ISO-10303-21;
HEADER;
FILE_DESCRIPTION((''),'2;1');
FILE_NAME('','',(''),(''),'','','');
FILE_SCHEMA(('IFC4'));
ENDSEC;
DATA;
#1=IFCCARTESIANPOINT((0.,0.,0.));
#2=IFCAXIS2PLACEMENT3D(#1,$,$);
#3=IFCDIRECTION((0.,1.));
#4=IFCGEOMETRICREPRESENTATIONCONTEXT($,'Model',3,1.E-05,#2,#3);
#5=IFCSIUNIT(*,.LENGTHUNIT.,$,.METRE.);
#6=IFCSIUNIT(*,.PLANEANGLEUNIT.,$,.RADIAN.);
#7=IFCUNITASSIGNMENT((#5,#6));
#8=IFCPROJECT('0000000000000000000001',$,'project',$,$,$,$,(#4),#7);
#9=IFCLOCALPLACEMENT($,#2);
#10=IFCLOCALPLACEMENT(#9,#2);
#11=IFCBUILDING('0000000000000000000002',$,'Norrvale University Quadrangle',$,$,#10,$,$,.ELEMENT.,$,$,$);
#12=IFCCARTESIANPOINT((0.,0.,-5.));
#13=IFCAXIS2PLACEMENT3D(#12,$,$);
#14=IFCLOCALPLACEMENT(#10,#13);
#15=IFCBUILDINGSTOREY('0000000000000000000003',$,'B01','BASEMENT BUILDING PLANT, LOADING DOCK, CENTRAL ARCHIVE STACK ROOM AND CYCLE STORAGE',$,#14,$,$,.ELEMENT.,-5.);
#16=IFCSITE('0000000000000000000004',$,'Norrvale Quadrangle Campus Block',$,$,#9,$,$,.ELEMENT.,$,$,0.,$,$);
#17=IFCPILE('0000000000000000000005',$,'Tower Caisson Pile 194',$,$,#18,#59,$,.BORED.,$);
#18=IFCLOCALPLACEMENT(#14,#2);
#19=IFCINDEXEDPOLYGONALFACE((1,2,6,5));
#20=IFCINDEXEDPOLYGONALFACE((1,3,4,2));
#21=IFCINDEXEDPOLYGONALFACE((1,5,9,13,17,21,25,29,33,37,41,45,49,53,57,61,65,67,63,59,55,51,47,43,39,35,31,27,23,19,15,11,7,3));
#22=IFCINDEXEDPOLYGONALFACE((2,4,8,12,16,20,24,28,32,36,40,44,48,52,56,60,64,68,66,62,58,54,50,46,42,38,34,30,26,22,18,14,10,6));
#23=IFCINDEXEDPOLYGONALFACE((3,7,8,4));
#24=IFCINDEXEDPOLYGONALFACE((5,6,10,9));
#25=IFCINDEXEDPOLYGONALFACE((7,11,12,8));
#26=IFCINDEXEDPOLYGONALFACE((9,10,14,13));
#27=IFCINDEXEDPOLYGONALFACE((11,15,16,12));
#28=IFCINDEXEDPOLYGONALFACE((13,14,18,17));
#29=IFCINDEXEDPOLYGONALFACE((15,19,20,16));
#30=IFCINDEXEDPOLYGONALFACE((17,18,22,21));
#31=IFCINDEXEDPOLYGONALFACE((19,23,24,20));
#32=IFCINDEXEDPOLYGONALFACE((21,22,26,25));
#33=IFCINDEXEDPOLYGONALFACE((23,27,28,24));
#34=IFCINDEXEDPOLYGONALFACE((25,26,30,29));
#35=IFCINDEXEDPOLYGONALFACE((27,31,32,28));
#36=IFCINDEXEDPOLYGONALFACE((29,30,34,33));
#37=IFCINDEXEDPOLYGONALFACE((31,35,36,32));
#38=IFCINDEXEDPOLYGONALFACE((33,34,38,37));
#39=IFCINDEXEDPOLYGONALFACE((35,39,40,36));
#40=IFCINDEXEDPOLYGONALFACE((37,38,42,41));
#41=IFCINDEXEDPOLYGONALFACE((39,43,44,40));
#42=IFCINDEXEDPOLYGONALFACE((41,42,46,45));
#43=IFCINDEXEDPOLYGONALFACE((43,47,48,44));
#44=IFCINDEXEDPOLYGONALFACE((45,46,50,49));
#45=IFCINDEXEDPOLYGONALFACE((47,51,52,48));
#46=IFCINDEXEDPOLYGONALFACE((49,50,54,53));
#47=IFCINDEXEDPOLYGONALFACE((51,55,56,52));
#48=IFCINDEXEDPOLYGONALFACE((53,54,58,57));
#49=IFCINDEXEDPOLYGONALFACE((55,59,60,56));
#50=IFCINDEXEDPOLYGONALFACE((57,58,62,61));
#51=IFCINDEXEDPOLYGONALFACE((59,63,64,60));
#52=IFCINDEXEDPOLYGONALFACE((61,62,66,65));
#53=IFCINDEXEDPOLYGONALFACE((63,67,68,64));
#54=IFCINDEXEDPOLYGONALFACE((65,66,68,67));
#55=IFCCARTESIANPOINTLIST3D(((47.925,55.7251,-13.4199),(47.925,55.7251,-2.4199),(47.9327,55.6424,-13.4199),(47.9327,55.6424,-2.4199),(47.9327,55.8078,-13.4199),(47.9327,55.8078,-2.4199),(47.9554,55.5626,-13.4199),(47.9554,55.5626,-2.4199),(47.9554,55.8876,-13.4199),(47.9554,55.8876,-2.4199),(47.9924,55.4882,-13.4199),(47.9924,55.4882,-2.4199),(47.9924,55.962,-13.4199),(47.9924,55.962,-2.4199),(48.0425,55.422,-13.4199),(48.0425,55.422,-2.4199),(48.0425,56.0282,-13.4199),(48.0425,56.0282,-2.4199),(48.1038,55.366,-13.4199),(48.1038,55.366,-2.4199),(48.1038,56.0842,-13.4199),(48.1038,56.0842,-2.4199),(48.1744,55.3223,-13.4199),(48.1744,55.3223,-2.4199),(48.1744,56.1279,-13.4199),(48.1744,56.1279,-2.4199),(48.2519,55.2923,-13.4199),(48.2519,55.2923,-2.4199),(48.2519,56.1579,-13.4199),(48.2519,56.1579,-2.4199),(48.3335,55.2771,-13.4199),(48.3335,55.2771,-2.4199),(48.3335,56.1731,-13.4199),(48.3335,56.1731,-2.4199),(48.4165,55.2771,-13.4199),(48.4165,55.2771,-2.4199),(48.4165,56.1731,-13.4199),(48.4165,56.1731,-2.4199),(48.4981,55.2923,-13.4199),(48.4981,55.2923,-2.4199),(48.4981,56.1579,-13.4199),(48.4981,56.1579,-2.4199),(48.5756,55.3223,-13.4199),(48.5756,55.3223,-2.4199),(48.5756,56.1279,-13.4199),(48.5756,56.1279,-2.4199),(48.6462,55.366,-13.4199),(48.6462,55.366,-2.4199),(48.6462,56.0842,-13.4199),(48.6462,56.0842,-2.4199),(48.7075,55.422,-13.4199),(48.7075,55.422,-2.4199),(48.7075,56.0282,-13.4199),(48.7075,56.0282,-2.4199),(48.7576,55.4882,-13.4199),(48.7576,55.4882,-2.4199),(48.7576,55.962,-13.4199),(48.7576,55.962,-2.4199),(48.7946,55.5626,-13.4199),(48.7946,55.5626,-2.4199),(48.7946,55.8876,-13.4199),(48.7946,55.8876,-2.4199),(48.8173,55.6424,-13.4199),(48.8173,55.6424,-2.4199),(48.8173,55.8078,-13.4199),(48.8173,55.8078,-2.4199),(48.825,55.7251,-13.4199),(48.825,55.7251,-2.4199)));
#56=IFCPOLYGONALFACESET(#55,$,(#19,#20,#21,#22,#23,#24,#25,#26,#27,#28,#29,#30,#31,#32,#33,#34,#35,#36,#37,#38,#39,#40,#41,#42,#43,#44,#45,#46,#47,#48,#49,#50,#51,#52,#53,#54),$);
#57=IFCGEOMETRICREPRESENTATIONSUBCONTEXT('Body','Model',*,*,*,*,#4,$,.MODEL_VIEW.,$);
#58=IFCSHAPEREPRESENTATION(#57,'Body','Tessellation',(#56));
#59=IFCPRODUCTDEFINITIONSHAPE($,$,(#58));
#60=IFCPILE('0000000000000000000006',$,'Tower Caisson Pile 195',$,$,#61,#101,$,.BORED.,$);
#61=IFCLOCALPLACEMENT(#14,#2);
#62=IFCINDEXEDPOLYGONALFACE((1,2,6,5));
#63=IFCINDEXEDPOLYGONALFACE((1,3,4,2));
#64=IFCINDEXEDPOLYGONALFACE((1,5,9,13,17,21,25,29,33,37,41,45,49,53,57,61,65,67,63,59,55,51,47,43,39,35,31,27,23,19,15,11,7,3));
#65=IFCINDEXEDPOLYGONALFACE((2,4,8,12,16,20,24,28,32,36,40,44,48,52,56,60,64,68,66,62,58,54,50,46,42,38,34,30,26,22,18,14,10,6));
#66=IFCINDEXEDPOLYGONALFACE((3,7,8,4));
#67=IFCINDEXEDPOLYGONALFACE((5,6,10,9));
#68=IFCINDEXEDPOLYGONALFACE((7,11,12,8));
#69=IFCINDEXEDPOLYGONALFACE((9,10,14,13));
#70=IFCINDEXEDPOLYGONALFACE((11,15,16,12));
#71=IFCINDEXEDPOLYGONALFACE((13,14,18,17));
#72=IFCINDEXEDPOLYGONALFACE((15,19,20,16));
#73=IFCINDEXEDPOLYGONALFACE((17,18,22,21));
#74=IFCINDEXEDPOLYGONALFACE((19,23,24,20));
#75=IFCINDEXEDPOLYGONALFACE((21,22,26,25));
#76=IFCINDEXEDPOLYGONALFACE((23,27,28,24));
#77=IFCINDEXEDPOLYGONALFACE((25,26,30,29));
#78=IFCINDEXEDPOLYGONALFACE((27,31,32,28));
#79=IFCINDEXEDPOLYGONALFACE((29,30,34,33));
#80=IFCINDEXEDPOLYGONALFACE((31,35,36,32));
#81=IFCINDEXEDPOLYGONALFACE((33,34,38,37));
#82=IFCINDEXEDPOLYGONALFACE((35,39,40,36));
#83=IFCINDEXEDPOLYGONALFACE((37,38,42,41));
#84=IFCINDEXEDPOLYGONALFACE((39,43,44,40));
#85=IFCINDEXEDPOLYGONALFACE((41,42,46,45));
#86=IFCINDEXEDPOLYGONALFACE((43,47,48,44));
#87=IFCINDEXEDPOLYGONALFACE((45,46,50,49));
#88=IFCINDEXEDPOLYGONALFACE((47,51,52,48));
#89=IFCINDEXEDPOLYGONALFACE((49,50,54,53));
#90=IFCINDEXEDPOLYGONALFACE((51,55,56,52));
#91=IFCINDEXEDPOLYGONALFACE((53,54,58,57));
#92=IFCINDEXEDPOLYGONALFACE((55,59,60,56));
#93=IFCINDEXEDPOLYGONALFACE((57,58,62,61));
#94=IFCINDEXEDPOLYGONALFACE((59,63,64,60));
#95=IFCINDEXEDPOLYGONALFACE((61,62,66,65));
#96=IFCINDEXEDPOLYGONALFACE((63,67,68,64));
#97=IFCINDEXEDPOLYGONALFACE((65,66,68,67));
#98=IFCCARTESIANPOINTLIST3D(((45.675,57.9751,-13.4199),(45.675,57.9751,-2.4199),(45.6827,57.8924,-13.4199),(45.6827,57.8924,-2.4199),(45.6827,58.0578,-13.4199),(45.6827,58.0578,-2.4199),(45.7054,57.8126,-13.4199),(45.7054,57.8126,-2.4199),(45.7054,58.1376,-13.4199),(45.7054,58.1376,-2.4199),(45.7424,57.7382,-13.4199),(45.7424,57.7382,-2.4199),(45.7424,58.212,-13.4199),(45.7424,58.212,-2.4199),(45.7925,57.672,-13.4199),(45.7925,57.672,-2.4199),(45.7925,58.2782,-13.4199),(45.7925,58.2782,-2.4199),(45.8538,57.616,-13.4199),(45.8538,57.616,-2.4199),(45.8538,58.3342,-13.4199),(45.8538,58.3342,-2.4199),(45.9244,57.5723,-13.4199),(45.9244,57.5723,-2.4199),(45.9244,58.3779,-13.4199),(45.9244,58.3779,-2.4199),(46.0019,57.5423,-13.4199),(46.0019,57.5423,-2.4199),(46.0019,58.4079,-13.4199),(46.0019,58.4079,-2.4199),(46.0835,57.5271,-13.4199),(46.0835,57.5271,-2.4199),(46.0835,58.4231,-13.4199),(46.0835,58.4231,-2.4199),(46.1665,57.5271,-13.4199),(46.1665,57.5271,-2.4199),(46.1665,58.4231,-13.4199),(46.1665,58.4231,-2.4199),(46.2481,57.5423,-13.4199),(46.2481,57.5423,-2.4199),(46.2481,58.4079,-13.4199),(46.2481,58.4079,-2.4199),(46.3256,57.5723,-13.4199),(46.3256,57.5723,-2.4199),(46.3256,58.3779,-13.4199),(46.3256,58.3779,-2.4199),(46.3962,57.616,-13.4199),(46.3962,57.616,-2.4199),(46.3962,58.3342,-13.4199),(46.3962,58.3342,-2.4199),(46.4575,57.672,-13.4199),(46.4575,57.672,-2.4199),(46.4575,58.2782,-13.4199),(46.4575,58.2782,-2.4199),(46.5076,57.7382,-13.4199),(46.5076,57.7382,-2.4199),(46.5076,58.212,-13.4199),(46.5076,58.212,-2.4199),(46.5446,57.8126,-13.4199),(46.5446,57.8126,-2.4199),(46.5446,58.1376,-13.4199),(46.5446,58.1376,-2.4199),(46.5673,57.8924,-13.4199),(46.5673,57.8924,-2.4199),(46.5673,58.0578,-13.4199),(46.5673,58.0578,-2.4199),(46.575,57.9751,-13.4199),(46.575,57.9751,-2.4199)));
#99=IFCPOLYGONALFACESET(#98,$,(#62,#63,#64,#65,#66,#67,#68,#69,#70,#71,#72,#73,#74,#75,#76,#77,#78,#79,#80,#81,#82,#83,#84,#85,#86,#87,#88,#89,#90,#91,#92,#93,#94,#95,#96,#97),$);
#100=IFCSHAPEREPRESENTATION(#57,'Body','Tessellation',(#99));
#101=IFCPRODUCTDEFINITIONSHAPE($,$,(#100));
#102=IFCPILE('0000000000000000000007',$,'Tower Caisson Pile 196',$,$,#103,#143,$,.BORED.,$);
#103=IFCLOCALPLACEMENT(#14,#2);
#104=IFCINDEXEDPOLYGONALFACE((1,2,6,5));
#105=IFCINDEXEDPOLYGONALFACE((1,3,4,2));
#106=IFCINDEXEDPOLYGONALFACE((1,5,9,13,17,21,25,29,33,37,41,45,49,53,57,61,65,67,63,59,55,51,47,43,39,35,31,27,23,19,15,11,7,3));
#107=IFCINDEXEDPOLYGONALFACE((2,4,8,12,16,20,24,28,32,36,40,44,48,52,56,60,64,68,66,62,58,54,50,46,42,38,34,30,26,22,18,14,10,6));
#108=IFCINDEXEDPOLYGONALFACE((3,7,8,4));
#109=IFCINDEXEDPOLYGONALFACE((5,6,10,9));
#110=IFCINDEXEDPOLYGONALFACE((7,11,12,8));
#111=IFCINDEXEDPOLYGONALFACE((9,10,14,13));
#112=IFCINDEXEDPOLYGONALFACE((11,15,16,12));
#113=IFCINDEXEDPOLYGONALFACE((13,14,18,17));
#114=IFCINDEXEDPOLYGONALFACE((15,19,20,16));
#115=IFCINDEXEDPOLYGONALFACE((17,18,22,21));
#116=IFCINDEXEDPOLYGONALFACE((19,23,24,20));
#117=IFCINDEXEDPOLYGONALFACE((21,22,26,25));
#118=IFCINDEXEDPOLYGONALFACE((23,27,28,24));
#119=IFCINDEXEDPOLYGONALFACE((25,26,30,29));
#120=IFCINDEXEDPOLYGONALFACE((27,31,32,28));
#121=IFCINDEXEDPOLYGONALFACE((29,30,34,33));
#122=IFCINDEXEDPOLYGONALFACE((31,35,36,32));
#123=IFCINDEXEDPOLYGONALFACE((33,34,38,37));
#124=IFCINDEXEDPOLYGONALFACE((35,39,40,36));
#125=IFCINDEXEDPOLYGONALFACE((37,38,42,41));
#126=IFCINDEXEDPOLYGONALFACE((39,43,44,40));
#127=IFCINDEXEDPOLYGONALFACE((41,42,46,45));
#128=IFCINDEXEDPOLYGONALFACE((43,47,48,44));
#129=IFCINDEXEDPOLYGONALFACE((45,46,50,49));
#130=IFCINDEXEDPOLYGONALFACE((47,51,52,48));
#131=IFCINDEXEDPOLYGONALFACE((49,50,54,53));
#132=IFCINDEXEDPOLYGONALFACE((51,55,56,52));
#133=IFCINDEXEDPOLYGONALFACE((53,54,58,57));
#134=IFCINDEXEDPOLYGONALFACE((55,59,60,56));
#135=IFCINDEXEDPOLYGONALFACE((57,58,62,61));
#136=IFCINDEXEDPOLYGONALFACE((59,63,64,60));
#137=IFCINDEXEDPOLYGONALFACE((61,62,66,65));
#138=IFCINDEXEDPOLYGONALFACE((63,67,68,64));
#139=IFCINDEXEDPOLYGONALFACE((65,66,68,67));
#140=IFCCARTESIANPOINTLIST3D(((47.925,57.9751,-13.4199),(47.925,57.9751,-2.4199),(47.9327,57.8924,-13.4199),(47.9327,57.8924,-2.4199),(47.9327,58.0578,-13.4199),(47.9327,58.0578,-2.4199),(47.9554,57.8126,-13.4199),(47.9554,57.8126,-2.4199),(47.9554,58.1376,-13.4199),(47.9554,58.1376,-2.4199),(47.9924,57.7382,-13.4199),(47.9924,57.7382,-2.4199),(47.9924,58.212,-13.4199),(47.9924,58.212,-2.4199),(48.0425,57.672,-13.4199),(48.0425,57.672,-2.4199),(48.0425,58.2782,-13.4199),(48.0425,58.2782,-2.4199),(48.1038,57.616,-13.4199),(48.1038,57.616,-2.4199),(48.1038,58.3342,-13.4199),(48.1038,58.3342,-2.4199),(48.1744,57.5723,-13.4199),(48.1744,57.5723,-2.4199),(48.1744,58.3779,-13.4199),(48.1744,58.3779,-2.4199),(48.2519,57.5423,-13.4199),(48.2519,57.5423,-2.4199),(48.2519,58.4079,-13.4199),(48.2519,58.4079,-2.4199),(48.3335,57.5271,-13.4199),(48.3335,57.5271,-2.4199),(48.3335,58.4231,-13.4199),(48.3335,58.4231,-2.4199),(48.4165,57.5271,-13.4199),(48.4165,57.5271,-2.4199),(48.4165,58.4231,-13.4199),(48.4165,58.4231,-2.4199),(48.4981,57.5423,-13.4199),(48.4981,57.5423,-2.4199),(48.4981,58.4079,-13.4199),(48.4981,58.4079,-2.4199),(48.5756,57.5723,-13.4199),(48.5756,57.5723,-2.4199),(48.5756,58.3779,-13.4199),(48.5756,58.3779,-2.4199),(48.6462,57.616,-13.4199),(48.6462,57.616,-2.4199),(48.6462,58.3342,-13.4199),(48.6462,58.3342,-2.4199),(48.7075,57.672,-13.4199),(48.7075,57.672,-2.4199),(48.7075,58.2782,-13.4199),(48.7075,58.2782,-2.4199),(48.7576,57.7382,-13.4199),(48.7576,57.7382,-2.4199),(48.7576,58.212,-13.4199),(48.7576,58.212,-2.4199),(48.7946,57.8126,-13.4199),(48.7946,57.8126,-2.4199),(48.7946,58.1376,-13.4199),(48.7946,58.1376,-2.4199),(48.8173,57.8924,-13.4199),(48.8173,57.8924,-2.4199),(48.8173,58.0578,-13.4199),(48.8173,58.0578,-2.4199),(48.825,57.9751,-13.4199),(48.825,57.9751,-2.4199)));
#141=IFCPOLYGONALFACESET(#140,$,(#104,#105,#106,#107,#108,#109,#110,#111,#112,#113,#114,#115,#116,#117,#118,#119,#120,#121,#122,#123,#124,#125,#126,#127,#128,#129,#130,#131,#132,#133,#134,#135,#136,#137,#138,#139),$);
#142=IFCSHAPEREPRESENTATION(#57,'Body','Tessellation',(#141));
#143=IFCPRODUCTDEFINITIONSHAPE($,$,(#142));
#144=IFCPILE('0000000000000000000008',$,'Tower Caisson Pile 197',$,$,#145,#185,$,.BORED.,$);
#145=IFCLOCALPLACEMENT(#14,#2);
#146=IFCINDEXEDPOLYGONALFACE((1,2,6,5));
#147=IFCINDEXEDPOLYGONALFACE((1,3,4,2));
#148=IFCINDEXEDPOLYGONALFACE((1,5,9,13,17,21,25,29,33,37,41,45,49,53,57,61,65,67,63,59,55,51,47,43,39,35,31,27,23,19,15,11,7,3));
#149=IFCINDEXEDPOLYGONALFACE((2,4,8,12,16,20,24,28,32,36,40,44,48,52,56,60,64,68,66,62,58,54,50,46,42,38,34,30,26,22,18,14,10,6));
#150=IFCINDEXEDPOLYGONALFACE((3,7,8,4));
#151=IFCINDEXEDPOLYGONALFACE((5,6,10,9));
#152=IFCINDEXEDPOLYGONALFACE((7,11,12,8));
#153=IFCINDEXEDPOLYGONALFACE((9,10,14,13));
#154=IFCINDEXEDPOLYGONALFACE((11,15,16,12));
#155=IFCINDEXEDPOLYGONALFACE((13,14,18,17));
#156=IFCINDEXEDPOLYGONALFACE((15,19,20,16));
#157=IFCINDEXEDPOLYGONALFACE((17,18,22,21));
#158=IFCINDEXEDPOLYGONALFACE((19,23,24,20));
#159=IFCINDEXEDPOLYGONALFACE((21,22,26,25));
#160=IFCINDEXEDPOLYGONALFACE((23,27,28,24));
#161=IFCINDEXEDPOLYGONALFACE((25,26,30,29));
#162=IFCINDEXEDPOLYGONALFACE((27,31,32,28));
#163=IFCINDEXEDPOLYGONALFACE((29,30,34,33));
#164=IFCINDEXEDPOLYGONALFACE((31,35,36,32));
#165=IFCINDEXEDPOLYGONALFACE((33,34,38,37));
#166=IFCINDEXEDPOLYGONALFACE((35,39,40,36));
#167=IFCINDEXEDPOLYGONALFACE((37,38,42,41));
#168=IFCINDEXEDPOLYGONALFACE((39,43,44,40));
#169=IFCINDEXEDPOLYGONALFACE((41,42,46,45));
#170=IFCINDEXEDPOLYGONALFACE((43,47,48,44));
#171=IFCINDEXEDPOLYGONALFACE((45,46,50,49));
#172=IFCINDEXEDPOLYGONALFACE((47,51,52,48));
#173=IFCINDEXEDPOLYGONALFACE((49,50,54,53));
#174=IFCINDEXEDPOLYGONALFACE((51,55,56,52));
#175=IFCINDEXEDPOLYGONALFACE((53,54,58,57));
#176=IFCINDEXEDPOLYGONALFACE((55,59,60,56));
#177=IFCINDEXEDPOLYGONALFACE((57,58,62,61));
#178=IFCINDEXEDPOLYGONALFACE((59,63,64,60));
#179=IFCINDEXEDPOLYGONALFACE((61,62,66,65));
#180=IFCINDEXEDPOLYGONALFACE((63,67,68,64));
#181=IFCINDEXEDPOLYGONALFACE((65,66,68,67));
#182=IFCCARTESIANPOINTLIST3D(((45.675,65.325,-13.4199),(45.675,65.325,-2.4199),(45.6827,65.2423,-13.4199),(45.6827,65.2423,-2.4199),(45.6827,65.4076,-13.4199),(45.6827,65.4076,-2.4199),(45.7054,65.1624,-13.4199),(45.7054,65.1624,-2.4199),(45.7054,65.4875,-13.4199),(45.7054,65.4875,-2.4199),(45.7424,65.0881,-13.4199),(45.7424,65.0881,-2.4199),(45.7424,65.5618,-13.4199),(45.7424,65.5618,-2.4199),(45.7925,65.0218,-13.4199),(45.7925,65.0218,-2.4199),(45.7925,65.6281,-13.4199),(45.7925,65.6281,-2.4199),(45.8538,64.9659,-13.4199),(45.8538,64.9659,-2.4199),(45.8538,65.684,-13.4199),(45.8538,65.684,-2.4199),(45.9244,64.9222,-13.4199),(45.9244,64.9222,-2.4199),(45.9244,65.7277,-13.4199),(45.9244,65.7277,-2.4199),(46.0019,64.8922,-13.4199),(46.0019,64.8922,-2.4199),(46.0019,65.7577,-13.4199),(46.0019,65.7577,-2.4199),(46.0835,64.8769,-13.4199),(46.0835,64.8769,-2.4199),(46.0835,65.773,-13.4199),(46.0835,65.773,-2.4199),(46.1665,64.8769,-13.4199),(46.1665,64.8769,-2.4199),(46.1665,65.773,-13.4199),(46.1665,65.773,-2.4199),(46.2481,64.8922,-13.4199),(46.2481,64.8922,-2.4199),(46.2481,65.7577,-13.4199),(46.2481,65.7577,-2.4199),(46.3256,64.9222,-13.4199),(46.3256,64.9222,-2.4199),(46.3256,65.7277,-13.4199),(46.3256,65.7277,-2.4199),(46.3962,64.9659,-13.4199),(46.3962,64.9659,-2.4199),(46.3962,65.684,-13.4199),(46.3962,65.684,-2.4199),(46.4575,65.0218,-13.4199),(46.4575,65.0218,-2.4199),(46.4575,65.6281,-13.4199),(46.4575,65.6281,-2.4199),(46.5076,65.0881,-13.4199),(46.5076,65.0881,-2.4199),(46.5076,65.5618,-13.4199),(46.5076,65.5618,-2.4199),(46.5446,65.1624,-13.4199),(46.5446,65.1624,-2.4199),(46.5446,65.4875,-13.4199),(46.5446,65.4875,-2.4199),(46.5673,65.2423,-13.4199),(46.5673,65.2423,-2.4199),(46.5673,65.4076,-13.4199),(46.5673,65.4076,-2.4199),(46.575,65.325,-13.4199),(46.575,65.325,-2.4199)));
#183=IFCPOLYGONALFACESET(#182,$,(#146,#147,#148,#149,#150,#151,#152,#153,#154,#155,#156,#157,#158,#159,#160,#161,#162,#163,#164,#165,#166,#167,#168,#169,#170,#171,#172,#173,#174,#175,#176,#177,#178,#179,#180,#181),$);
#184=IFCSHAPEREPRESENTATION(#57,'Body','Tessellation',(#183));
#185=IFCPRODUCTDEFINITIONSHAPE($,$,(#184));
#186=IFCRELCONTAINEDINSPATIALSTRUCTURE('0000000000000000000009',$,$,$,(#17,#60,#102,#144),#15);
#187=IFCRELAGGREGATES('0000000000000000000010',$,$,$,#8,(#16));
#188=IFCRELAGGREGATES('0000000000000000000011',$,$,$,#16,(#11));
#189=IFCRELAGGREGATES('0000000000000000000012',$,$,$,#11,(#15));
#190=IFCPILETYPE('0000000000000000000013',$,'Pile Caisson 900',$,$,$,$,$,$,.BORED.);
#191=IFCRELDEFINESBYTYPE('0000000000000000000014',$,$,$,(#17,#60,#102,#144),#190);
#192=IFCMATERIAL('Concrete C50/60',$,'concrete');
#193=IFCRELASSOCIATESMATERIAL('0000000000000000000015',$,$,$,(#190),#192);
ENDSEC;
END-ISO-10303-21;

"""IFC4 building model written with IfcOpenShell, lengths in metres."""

from ifc_helpers import new_model, si_unit, direction, frame, origin, origin_2d, place, context, subcontext, project, spatial, circle, extrude, material, material_profile, profile_set, type_object, element, save


model = new_model("IFC4")

# Units and contexts
model_context = context("Model", 3, precision=1e-05, world=origin(), true_north=direction((0.0, 1.0)))
body_context = subcontext(model_context, "Body", "Model", "MODEL_VIEW")
ifc_project = project(units=[si_unit("LENGTHUNIT", "METRE"), si_unit("PLANEANGLEUNIT", "RADIAN")], contexts=[model_context])

# Site, building, storey
site_placement = place(None, origin())
site = spatial("IfcSite", under=ifc_project, at=site_placement, Name="Norrvale Quadrangle Campus Block", CompositionType="ELEMENT", RefElevation=0.0)
building_placement = place(site_placement, origin())
building = spatial("IfcBuilding", under=site, at=building_placement, Name="Norrvale University Quadrangle", CompositionType="ELEMENT")
storey_placement = place(building_placement, frame((0.0, 0.0, -5.0)))
storey = spatial("IfcBuildingStorey", under=building, at=storey_placement, Name="B01", Description="BASEMENT BUILDING PLANT, LOADING DOCK, CENTRAL ARCHIVE STACK ROOM AND CYCLE STORAGE", CompositionType="ELEMENT", Elevation=-5.0)

# Shared definitions
ifc_material_1 = material(Name="Concrete C50/60", Category="concrete")

# Piles
ifc_material_profile_1 = material_profile(ifc_material_1, circle(Radius=0.45, at=origin_2d()), Name="Concrete C50/60")
ifc_profile_set_1 = profile_set([ifc_material_profile_1], Name="Concrete C50/60")
pile_type_1 = type_object("IfcPileType", Name="Pile Caisson 900", PredefinedType="BORED", material=ifc_profile_set_1)
for number, where, z_axis, x_axis, name in (
    (1, (48.375, 55.7251, -2.4199), (0.0, 0.0, -1.0), (1.0, 0.0, 0.0), "Tower Caisson Pile 194"),
    (2, (46.125, 57.9751, -2.4199), (0.0, 0.0, -1.0), (1.0, 0.0, 0.0), "Tower Caisson Pile 195"),
    (3, (48.375, 57.9751, -2.4199), (0.0, 0.0, -1.0), (1.0, 0.0, 0.0), "Tower Caisson Pile 196"),
    (4, (46.125, 65.325, -2.4199), (0.0, 0.0, -1.0), (1.0, 0.0, 0.0), "Tower Caisson Pile 197"),
):
    element("IfcPile", number, at=place(storey_placement, frame(where, z_axis=z_axis, x_axis=x_axis)), inside=storey, type_object=pile_type_1, Name=name, PredefinedType="BORED", context=body_context, shape_type="SweptSolid", body=[
        extrude(circle(Radius=0.45, at=origin_2d()), origin(), (0.0, 0.0, 1.0), 11.0),
    ])

save(model, "model.ifc")
